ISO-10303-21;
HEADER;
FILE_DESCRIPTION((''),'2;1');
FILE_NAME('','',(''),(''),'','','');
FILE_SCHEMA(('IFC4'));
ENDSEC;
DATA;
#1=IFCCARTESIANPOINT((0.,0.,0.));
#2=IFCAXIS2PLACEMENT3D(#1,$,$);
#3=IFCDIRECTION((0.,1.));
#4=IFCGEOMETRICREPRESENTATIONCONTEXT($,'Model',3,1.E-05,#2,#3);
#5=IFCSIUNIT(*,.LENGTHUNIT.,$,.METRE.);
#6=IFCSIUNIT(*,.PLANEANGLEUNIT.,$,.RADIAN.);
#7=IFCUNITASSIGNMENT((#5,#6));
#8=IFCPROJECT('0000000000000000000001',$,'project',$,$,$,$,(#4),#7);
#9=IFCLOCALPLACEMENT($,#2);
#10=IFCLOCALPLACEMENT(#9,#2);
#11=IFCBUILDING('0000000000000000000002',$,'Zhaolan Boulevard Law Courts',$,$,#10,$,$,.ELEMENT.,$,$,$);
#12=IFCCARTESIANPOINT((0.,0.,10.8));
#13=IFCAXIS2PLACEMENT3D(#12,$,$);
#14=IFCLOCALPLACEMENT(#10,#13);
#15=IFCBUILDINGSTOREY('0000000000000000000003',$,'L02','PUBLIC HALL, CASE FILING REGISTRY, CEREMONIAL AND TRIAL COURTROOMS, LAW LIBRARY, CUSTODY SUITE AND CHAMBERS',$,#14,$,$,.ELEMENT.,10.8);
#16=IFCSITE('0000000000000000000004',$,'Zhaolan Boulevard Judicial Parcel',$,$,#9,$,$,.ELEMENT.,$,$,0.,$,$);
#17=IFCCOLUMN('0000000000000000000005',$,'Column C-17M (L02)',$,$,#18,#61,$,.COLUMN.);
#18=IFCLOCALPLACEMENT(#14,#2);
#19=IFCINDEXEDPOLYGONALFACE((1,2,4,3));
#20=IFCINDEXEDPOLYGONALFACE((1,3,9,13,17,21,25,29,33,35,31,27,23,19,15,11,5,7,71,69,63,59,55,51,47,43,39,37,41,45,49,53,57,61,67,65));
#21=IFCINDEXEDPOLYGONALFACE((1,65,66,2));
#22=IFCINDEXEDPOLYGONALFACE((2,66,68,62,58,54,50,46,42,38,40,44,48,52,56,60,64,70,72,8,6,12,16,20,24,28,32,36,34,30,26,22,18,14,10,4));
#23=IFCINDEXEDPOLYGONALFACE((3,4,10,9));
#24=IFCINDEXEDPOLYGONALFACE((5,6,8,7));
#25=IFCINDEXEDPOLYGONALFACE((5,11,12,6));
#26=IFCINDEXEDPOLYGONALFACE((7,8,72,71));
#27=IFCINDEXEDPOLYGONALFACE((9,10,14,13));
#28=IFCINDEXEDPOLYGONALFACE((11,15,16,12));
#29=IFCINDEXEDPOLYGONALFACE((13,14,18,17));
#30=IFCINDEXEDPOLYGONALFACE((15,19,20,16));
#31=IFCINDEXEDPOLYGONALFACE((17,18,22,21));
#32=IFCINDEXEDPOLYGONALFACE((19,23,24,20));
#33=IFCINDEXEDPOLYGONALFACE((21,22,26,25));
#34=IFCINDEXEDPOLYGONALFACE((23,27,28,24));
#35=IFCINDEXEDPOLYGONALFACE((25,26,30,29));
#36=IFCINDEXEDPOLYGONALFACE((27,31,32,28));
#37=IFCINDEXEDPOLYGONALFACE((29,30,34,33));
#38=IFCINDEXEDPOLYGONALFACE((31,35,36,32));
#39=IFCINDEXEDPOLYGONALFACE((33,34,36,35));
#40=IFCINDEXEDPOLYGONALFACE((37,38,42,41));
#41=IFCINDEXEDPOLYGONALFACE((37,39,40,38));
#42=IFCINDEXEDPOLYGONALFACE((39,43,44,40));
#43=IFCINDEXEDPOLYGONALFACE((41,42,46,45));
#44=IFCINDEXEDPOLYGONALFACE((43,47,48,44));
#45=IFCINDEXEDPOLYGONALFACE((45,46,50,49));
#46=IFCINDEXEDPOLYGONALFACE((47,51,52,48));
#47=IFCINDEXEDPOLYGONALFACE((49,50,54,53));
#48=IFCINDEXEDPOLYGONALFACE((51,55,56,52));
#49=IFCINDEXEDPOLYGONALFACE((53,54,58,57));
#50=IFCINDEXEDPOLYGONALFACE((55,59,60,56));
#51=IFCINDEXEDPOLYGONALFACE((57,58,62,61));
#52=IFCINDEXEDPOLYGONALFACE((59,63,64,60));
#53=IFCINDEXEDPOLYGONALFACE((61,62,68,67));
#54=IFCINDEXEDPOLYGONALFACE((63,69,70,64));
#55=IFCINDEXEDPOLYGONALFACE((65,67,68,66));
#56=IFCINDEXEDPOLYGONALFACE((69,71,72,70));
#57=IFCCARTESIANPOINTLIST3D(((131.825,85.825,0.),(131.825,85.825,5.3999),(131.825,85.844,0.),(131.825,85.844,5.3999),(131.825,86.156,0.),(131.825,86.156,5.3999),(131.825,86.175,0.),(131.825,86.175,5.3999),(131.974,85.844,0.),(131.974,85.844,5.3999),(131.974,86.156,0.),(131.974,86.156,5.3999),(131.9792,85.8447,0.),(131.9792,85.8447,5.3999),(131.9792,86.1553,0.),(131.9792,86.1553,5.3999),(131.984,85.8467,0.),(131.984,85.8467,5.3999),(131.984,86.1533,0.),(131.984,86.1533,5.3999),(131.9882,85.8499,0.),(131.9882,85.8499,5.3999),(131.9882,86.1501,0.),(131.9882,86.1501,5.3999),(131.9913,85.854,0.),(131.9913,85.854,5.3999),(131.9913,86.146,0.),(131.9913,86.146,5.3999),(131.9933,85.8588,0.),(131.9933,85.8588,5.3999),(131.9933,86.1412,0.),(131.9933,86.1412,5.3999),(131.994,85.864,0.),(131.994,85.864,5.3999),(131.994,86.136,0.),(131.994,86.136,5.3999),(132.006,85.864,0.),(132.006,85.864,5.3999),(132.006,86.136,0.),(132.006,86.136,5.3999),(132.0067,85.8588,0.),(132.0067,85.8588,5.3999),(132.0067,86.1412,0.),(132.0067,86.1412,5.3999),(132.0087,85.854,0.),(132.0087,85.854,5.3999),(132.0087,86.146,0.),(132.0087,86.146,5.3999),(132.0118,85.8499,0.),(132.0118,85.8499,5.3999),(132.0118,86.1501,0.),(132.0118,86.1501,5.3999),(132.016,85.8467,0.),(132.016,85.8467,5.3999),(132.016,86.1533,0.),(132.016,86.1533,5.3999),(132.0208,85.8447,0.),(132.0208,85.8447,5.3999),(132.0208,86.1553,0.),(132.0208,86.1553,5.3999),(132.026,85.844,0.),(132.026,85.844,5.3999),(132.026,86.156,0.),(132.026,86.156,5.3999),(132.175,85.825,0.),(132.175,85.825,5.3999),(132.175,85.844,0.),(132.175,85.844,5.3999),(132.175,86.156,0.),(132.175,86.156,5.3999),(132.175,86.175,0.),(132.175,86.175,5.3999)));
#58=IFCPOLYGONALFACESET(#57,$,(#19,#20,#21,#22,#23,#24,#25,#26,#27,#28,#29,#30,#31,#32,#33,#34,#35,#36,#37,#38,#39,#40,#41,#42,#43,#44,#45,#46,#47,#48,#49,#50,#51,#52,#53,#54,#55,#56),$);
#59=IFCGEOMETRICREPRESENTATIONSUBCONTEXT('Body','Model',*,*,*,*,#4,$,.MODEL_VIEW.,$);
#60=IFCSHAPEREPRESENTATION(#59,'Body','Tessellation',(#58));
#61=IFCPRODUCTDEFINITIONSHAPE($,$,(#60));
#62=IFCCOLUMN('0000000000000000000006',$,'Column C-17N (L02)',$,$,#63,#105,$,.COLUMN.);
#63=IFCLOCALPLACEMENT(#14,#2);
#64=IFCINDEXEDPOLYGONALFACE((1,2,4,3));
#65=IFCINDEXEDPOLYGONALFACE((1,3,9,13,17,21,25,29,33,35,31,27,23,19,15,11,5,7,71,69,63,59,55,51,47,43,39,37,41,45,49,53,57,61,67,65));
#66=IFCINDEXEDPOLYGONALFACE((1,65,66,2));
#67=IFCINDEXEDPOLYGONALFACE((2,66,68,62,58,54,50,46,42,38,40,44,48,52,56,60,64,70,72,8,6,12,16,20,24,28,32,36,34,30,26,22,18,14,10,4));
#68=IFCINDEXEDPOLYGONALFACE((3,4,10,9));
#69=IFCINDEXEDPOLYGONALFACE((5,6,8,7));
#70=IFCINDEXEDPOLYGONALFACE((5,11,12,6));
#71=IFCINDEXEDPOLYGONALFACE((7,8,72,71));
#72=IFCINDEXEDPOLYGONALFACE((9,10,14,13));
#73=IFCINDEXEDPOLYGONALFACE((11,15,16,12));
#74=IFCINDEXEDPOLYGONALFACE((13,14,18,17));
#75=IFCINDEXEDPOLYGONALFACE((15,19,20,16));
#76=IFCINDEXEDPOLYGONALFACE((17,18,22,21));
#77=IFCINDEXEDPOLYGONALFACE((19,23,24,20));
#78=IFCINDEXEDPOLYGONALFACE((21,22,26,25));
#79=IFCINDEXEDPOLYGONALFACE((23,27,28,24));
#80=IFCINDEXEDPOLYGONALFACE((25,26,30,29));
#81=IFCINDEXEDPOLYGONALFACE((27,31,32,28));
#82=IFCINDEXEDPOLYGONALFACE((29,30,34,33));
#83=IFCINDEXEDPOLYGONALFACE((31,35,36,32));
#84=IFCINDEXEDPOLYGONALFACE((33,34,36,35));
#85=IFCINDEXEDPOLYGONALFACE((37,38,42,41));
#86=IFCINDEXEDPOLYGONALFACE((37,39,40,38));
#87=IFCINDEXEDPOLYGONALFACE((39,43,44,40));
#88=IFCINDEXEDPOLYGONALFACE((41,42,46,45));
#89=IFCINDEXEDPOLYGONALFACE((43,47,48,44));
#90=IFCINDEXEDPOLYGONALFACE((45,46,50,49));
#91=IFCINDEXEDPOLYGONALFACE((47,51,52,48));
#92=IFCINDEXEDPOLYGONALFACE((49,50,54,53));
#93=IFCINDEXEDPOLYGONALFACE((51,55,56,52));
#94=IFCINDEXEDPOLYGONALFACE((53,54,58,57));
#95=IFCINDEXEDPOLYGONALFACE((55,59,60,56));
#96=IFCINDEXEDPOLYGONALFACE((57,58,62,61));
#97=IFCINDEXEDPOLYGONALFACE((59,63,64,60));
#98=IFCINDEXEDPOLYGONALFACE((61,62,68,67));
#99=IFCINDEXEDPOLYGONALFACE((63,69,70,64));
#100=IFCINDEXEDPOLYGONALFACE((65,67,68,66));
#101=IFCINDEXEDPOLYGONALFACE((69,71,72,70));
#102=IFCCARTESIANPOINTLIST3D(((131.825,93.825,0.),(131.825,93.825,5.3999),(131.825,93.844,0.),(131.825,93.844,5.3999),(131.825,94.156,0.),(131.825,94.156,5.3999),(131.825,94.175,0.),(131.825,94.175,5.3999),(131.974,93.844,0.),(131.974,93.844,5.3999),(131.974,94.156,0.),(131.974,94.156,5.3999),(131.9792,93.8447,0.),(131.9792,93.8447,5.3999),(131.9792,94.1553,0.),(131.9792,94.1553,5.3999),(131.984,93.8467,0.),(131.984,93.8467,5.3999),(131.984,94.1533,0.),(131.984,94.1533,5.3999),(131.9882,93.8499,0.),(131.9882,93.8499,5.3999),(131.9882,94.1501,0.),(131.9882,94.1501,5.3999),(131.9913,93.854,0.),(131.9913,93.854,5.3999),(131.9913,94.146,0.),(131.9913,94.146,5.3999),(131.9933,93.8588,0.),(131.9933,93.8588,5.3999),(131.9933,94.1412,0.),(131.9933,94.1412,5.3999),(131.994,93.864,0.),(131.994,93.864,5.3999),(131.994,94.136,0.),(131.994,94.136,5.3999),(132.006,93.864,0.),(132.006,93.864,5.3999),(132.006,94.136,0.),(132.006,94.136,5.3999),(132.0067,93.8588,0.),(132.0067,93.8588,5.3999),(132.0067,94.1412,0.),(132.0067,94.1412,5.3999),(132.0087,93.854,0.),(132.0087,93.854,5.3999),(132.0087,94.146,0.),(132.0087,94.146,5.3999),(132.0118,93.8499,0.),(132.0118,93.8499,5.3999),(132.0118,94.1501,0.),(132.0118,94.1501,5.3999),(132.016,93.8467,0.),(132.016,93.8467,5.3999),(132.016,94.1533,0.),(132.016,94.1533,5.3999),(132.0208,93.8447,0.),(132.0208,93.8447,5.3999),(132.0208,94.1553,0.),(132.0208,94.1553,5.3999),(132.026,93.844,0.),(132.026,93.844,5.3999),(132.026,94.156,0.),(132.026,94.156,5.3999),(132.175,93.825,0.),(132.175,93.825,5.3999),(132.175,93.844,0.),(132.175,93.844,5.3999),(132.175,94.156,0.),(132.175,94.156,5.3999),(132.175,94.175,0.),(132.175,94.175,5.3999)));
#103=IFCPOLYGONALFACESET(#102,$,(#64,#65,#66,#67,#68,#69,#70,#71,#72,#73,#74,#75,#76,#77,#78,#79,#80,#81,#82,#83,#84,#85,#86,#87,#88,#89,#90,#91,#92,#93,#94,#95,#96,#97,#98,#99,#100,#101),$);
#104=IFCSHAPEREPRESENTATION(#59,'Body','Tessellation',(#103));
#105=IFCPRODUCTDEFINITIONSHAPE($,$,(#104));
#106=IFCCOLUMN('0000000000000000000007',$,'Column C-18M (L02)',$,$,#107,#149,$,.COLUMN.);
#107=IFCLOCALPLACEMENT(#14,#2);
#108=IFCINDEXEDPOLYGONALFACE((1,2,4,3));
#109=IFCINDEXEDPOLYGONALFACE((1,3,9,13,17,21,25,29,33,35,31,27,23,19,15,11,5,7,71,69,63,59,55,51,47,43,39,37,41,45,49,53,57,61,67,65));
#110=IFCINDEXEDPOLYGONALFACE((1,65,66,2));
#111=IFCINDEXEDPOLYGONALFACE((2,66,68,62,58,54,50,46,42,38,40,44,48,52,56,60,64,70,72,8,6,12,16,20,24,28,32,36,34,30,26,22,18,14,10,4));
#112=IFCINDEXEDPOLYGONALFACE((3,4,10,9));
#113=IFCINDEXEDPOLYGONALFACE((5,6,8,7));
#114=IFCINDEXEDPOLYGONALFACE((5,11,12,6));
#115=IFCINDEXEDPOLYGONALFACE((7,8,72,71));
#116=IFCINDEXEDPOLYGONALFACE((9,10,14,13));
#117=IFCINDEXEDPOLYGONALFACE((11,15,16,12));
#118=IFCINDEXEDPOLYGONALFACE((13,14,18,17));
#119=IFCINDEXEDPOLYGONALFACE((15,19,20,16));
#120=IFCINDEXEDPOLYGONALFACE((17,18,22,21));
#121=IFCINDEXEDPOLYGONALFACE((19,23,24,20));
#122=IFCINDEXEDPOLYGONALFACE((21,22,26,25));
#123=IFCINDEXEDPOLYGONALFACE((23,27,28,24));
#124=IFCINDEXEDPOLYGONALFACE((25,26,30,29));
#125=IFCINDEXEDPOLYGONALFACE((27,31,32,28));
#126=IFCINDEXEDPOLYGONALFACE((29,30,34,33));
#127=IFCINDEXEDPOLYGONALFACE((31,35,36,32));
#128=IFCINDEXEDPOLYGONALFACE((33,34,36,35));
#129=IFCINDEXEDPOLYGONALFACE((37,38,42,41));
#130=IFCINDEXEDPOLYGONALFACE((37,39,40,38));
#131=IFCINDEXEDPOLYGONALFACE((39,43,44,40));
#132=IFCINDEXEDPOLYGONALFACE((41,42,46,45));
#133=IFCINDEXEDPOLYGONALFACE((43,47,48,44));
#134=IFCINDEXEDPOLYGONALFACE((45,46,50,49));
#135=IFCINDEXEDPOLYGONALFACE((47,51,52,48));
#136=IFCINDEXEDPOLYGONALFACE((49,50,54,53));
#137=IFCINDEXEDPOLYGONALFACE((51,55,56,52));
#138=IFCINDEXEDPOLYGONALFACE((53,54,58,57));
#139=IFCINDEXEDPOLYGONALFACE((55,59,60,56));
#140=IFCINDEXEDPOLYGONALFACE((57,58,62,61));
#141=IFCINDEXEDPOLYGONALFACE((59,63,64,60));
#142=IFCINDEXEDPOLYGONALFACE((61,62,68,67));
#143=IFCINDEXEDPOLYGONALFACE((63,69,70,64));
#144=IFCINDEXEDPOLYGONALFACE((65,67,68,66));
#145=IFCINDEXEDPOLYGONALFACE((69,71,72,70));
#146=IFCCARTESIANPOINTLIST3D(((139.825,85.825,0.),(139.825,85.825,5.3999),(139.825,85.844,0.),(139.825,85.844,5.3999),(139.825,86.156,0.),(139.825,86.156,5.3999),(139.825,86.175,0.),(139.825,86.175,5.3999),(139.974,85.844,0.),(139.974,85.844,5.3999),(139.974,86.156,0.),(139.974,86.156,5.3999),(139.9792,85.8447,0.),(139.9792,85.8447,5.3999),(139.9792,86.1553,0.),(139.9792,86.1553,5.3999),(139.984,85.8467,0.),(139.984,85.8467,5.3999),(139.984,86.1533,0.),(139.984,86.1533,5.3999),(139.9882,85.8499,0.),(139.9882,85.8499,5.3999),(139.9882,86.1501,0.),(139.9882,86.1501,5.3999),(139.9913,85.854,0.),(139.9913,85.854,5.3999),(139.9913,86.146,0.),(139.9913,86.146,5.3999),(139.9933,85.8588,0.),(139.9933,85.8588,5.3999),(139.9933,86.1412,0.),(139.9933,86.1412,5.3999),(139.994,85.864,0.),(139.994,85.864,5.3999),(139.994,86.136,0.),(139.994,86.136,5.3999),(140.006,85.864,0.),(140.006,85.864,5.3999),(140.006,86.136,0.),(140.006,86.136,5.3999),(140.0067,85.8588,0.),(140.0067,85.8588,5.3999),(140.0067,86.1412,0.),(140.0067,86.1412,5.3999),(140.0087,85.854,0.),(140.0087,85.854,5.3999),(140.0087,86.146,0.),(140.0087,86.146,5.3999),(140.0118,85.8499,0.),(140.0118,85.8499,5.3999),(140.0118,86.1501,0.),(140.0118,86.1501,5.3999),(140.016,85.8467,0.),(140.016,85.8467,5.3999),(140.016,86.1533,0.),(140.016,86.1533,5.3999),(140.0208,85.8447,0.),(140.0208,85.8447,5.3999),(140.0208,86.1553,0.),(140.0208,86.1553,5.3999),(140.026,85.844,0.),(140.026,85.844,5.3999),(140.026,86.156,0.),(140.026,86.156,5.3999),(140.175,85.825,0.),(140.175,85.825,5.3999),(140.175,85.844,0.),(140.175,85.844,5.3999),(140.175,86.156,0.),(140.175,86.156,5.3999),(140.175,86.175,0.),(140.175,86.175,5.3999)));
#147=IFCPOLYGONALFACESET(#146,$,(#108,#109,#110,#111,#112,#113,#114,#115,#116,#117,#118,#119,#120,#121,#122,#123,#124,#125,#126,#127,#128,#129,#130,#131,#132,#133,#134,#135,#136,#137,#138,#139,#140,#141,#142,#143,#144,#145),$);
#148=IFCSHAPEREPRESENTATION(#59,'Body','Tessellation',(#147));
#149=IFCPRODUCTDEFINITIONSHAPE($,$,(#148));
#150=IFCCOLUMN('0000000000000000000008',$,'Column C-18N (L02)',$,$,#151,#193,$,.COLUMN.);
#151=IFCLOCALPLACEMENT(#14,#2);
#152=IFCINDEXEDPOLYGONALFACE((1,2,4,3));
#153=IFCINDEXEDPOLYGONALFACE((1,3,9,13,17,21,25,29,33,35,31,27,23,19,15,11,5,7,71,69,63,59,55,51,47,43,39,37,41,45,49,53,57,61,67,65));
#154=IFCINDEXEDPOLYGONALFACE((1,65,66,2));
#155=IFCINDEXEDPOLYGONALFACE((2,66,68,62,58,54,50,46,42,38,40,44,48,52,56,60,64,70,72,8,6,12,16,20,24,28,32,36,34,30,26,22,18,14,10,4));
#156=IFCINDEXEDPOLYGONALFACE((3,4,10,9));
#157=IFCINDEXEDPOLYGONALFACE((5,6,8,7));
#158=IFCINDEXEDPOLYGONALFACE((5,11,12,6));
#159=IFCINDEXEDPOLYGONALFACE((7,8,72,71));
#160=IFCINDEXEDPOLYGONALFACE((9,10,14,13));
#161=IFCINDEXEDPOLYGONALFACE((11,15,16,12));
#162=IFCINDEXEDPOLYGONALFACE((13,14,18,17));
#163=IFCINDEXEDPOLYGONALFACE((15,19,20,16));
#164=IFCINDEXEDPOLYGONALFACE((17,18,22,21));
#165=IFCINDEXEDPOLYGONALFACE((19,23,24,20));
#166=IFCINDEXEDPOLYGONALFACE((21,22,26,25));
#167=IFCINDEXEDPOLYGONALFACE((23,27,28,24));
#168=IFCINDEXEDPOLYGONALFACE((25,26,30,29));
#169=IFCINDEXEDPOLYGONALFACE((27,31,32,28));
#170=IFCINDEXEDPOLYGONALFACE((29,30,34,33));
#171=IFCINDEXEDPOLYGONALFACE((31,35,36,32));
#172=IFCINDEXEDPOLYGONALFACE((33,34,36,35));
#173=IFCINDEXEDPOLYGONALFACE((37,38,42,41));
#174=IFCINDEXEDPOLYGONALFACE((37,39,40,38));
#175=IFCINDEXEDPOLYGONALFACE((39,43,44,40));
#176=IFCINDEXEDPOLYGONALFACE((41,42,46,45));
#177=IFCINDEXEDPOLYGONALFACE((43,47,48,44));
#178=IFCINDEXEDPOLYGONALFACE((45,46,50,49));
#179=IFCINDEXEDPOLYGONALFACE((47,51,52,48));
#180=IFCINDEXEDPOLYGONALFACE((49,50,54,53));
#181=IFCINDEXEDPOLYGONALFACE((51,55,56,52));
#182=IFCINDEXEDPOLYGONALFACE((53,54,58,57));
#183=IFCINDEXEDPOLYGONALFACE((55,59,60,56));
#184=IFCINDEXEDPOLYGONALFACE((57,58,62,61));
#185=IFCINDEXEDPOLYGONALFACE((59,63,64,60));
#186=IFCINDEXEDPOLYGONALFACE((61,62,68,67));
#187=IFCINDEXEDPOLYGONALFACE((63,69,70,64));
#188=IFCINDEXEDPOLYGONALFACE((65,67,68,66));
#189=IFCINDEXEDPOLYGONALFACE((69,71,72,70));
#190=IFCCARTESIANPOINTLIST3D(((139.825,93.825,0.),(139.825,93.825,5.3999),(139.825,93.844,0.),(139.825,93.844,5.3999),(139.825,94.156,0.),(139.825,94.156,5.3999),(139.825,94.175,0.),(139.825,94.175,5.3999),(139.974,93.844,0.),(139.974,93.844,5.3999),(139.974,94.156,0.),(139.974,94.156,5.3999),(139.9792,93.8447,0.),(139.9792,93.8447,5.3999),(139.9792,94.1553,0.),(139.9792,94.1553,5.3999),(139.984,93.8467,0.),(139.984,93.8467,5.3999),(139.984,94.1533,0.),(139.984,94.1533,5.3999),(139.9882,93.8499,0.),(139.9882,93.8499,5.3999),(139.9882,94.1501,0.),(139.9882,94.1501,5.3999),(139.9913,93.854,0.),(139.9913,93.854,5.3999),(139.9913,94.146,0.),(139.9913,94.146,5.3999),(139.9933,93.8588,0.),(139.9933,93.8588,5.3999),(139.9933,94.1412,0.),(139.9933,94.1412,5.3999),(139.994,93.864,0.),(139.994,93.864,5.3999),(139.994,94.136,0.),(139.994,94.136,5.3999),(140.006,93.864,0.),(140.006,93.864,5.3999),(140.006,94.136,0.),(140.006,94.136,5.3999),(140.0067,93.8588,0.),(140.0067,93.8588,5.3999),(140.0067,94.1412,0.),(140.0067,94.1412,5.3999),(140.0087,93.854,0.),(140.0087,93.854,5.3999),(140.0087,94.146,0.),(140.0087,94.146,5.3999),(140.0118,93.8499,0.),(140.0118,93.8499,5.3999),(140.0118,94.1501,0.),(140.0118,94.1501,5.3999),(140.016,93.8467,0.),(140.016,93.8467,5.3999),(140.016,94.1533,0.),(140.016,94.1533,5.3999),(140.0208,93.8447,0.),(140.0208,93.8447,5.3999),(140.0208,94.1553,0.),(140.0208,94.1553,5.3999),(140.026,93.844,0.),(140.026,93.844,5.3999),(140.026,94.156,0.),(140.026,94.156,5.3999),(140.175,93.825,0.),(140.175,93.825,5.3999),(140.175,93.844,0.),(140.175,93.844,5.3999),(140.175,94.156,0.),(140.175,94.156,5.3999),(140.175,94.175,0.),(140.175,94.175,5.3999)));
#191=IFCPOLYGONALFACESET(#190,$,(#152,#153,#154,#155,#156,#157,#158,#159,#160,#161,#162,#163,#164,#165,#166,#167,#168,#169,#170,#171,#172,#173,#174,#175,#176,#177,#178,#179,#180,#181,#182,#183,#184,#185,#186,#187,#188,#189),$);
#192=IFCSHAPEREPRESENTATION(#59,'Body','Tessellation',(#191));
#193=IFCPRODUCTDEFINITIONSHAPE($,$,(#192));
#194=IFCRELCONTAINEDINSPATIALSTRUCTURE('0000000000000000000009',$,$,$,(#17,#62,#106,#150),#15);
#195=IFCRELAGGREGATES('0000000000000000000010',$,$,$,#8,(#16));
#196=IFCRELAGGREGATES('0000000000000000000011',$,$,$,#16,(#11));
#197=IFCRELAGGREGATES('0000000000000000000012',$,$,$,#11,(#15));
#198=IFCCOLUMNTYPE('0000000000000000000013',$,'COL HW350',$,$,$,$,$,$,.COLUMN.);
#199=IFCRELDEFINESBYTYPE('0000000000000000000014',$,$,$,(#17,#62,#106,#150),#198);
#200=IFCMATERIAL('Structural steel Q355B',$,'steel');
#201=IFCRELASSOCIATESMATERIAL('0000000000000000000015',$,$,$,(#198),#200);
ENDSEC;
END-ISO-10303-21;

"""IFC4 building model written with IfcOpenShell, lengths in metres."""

from ifc_helpers import new_model, si_unit, direction, frame, origin, origin_2d, place, context, subcontext, project, spatial, i_section, extrude, material, material_profile, profile_set, type_object, element, save


model = new_model("IFC4")

# Units and contexts
model_context = context("Model", 3, precision=1e-05, world=origin(), true_north=direction((0.0, 1.0)))
body_context = subcontext(model_context, "Body", "Model", "MODEL_VIEW")
ifc_project = project(units=[si_unit("LENGTHUNIT", "METRE"), si_unit("PLANEANGLEUNIT", "RADIAN")], contexts=[model_context])

# Site, building, storey
site_placement = place(None, origin())
site = spatial("IfcSite", under=ifc_project, at=site_placement, Name="Zhaolan Boulevard Judicial Parcel", CompositionType="ELEMENT", RefElevation=0.0)
building_placement = place(site_placement, origin())
building = spatial("IfcBuilding", under=site, at=building_placement, Name="Zhaolan Boulevard Law Courts", CompositionType="ELEMENT")
storey_placement = place(building_placement, frame((0.0, 0.0, 10.8)))
storey = spatial("IfcBuildingStorey", under=building, at=storey_placement, Name="L02", Description="PUBLIC HALL, CASE FILING REGISTRY, CEREMONIAL AND TRIAL COURTROOMS, LAW LIBRARY, CUSTODY SUITE AND CHAMBERS", CompositionType="ELEMENT", Elevation=10.8)

# Columns
ifc_material_1 = material(Name="Structural steel Q355B", Category="steel")
ifc_material_profile_1 = material_profile(ifc_material_1, i_section(OverallWidth=0.3501, OverallDepth=0.3501, WebThickness=0.012, FlangeThickness=0.019, FilletRadius=0.02, at=origin_2d()), Name="HW350x350")
ifc_profile_set_1 = profile_set([ifc_material_profile_1], Name="Structural steel Q355B")
column_type = type_object("IfcColumnType", Name="COL HW350", PredefinedType="COLUMN", material=ifc_profile_set_1)
for number, where, z_axis, x_axis, name in (
    (1, (132.0, 86.0, 0.0), (0.0, 0.0, 1.0), (1.0, 0.0, 0.0), "Column C-17M (L02)"),
    (2, (132.0, 94.0, 0.0), (0.0, 0.0, 1.0), (1.0, 0.0, 0.0), "Column C-17N (L02)"),
    (3, (140.0, 86.0, 0.0), (0.0, 0.0, 1.0), (1.0, 0.0, 0.0), "Column C-18M (L02)"),
    (4, (140.0, 94.0, 0.0), (0.0, 0.0, 1.0), (1.0, 0.0, 0.0), "Column C-18N (L02)"),
):
    element("IfcColumn", number, at=place(storey_placement, frame(where, z_axis=z_axis, x_axis=x_axis)), inside=storey, type_object=column_type, Name=name, PredefinedType="COLUMN", context=body_context, shape_type="SweptSolid", body=[
        extrude(i_section(OverallWidth=0.3501, OverallDepth=0.3501, WebThickness=0.012, FlangeThickness=0.019, FilletRadius=0.02, at=origin_2d()), origin(), (0.0, 0.0, 1.0), 5.3999),
    ])

save(model, "model.ifc")
